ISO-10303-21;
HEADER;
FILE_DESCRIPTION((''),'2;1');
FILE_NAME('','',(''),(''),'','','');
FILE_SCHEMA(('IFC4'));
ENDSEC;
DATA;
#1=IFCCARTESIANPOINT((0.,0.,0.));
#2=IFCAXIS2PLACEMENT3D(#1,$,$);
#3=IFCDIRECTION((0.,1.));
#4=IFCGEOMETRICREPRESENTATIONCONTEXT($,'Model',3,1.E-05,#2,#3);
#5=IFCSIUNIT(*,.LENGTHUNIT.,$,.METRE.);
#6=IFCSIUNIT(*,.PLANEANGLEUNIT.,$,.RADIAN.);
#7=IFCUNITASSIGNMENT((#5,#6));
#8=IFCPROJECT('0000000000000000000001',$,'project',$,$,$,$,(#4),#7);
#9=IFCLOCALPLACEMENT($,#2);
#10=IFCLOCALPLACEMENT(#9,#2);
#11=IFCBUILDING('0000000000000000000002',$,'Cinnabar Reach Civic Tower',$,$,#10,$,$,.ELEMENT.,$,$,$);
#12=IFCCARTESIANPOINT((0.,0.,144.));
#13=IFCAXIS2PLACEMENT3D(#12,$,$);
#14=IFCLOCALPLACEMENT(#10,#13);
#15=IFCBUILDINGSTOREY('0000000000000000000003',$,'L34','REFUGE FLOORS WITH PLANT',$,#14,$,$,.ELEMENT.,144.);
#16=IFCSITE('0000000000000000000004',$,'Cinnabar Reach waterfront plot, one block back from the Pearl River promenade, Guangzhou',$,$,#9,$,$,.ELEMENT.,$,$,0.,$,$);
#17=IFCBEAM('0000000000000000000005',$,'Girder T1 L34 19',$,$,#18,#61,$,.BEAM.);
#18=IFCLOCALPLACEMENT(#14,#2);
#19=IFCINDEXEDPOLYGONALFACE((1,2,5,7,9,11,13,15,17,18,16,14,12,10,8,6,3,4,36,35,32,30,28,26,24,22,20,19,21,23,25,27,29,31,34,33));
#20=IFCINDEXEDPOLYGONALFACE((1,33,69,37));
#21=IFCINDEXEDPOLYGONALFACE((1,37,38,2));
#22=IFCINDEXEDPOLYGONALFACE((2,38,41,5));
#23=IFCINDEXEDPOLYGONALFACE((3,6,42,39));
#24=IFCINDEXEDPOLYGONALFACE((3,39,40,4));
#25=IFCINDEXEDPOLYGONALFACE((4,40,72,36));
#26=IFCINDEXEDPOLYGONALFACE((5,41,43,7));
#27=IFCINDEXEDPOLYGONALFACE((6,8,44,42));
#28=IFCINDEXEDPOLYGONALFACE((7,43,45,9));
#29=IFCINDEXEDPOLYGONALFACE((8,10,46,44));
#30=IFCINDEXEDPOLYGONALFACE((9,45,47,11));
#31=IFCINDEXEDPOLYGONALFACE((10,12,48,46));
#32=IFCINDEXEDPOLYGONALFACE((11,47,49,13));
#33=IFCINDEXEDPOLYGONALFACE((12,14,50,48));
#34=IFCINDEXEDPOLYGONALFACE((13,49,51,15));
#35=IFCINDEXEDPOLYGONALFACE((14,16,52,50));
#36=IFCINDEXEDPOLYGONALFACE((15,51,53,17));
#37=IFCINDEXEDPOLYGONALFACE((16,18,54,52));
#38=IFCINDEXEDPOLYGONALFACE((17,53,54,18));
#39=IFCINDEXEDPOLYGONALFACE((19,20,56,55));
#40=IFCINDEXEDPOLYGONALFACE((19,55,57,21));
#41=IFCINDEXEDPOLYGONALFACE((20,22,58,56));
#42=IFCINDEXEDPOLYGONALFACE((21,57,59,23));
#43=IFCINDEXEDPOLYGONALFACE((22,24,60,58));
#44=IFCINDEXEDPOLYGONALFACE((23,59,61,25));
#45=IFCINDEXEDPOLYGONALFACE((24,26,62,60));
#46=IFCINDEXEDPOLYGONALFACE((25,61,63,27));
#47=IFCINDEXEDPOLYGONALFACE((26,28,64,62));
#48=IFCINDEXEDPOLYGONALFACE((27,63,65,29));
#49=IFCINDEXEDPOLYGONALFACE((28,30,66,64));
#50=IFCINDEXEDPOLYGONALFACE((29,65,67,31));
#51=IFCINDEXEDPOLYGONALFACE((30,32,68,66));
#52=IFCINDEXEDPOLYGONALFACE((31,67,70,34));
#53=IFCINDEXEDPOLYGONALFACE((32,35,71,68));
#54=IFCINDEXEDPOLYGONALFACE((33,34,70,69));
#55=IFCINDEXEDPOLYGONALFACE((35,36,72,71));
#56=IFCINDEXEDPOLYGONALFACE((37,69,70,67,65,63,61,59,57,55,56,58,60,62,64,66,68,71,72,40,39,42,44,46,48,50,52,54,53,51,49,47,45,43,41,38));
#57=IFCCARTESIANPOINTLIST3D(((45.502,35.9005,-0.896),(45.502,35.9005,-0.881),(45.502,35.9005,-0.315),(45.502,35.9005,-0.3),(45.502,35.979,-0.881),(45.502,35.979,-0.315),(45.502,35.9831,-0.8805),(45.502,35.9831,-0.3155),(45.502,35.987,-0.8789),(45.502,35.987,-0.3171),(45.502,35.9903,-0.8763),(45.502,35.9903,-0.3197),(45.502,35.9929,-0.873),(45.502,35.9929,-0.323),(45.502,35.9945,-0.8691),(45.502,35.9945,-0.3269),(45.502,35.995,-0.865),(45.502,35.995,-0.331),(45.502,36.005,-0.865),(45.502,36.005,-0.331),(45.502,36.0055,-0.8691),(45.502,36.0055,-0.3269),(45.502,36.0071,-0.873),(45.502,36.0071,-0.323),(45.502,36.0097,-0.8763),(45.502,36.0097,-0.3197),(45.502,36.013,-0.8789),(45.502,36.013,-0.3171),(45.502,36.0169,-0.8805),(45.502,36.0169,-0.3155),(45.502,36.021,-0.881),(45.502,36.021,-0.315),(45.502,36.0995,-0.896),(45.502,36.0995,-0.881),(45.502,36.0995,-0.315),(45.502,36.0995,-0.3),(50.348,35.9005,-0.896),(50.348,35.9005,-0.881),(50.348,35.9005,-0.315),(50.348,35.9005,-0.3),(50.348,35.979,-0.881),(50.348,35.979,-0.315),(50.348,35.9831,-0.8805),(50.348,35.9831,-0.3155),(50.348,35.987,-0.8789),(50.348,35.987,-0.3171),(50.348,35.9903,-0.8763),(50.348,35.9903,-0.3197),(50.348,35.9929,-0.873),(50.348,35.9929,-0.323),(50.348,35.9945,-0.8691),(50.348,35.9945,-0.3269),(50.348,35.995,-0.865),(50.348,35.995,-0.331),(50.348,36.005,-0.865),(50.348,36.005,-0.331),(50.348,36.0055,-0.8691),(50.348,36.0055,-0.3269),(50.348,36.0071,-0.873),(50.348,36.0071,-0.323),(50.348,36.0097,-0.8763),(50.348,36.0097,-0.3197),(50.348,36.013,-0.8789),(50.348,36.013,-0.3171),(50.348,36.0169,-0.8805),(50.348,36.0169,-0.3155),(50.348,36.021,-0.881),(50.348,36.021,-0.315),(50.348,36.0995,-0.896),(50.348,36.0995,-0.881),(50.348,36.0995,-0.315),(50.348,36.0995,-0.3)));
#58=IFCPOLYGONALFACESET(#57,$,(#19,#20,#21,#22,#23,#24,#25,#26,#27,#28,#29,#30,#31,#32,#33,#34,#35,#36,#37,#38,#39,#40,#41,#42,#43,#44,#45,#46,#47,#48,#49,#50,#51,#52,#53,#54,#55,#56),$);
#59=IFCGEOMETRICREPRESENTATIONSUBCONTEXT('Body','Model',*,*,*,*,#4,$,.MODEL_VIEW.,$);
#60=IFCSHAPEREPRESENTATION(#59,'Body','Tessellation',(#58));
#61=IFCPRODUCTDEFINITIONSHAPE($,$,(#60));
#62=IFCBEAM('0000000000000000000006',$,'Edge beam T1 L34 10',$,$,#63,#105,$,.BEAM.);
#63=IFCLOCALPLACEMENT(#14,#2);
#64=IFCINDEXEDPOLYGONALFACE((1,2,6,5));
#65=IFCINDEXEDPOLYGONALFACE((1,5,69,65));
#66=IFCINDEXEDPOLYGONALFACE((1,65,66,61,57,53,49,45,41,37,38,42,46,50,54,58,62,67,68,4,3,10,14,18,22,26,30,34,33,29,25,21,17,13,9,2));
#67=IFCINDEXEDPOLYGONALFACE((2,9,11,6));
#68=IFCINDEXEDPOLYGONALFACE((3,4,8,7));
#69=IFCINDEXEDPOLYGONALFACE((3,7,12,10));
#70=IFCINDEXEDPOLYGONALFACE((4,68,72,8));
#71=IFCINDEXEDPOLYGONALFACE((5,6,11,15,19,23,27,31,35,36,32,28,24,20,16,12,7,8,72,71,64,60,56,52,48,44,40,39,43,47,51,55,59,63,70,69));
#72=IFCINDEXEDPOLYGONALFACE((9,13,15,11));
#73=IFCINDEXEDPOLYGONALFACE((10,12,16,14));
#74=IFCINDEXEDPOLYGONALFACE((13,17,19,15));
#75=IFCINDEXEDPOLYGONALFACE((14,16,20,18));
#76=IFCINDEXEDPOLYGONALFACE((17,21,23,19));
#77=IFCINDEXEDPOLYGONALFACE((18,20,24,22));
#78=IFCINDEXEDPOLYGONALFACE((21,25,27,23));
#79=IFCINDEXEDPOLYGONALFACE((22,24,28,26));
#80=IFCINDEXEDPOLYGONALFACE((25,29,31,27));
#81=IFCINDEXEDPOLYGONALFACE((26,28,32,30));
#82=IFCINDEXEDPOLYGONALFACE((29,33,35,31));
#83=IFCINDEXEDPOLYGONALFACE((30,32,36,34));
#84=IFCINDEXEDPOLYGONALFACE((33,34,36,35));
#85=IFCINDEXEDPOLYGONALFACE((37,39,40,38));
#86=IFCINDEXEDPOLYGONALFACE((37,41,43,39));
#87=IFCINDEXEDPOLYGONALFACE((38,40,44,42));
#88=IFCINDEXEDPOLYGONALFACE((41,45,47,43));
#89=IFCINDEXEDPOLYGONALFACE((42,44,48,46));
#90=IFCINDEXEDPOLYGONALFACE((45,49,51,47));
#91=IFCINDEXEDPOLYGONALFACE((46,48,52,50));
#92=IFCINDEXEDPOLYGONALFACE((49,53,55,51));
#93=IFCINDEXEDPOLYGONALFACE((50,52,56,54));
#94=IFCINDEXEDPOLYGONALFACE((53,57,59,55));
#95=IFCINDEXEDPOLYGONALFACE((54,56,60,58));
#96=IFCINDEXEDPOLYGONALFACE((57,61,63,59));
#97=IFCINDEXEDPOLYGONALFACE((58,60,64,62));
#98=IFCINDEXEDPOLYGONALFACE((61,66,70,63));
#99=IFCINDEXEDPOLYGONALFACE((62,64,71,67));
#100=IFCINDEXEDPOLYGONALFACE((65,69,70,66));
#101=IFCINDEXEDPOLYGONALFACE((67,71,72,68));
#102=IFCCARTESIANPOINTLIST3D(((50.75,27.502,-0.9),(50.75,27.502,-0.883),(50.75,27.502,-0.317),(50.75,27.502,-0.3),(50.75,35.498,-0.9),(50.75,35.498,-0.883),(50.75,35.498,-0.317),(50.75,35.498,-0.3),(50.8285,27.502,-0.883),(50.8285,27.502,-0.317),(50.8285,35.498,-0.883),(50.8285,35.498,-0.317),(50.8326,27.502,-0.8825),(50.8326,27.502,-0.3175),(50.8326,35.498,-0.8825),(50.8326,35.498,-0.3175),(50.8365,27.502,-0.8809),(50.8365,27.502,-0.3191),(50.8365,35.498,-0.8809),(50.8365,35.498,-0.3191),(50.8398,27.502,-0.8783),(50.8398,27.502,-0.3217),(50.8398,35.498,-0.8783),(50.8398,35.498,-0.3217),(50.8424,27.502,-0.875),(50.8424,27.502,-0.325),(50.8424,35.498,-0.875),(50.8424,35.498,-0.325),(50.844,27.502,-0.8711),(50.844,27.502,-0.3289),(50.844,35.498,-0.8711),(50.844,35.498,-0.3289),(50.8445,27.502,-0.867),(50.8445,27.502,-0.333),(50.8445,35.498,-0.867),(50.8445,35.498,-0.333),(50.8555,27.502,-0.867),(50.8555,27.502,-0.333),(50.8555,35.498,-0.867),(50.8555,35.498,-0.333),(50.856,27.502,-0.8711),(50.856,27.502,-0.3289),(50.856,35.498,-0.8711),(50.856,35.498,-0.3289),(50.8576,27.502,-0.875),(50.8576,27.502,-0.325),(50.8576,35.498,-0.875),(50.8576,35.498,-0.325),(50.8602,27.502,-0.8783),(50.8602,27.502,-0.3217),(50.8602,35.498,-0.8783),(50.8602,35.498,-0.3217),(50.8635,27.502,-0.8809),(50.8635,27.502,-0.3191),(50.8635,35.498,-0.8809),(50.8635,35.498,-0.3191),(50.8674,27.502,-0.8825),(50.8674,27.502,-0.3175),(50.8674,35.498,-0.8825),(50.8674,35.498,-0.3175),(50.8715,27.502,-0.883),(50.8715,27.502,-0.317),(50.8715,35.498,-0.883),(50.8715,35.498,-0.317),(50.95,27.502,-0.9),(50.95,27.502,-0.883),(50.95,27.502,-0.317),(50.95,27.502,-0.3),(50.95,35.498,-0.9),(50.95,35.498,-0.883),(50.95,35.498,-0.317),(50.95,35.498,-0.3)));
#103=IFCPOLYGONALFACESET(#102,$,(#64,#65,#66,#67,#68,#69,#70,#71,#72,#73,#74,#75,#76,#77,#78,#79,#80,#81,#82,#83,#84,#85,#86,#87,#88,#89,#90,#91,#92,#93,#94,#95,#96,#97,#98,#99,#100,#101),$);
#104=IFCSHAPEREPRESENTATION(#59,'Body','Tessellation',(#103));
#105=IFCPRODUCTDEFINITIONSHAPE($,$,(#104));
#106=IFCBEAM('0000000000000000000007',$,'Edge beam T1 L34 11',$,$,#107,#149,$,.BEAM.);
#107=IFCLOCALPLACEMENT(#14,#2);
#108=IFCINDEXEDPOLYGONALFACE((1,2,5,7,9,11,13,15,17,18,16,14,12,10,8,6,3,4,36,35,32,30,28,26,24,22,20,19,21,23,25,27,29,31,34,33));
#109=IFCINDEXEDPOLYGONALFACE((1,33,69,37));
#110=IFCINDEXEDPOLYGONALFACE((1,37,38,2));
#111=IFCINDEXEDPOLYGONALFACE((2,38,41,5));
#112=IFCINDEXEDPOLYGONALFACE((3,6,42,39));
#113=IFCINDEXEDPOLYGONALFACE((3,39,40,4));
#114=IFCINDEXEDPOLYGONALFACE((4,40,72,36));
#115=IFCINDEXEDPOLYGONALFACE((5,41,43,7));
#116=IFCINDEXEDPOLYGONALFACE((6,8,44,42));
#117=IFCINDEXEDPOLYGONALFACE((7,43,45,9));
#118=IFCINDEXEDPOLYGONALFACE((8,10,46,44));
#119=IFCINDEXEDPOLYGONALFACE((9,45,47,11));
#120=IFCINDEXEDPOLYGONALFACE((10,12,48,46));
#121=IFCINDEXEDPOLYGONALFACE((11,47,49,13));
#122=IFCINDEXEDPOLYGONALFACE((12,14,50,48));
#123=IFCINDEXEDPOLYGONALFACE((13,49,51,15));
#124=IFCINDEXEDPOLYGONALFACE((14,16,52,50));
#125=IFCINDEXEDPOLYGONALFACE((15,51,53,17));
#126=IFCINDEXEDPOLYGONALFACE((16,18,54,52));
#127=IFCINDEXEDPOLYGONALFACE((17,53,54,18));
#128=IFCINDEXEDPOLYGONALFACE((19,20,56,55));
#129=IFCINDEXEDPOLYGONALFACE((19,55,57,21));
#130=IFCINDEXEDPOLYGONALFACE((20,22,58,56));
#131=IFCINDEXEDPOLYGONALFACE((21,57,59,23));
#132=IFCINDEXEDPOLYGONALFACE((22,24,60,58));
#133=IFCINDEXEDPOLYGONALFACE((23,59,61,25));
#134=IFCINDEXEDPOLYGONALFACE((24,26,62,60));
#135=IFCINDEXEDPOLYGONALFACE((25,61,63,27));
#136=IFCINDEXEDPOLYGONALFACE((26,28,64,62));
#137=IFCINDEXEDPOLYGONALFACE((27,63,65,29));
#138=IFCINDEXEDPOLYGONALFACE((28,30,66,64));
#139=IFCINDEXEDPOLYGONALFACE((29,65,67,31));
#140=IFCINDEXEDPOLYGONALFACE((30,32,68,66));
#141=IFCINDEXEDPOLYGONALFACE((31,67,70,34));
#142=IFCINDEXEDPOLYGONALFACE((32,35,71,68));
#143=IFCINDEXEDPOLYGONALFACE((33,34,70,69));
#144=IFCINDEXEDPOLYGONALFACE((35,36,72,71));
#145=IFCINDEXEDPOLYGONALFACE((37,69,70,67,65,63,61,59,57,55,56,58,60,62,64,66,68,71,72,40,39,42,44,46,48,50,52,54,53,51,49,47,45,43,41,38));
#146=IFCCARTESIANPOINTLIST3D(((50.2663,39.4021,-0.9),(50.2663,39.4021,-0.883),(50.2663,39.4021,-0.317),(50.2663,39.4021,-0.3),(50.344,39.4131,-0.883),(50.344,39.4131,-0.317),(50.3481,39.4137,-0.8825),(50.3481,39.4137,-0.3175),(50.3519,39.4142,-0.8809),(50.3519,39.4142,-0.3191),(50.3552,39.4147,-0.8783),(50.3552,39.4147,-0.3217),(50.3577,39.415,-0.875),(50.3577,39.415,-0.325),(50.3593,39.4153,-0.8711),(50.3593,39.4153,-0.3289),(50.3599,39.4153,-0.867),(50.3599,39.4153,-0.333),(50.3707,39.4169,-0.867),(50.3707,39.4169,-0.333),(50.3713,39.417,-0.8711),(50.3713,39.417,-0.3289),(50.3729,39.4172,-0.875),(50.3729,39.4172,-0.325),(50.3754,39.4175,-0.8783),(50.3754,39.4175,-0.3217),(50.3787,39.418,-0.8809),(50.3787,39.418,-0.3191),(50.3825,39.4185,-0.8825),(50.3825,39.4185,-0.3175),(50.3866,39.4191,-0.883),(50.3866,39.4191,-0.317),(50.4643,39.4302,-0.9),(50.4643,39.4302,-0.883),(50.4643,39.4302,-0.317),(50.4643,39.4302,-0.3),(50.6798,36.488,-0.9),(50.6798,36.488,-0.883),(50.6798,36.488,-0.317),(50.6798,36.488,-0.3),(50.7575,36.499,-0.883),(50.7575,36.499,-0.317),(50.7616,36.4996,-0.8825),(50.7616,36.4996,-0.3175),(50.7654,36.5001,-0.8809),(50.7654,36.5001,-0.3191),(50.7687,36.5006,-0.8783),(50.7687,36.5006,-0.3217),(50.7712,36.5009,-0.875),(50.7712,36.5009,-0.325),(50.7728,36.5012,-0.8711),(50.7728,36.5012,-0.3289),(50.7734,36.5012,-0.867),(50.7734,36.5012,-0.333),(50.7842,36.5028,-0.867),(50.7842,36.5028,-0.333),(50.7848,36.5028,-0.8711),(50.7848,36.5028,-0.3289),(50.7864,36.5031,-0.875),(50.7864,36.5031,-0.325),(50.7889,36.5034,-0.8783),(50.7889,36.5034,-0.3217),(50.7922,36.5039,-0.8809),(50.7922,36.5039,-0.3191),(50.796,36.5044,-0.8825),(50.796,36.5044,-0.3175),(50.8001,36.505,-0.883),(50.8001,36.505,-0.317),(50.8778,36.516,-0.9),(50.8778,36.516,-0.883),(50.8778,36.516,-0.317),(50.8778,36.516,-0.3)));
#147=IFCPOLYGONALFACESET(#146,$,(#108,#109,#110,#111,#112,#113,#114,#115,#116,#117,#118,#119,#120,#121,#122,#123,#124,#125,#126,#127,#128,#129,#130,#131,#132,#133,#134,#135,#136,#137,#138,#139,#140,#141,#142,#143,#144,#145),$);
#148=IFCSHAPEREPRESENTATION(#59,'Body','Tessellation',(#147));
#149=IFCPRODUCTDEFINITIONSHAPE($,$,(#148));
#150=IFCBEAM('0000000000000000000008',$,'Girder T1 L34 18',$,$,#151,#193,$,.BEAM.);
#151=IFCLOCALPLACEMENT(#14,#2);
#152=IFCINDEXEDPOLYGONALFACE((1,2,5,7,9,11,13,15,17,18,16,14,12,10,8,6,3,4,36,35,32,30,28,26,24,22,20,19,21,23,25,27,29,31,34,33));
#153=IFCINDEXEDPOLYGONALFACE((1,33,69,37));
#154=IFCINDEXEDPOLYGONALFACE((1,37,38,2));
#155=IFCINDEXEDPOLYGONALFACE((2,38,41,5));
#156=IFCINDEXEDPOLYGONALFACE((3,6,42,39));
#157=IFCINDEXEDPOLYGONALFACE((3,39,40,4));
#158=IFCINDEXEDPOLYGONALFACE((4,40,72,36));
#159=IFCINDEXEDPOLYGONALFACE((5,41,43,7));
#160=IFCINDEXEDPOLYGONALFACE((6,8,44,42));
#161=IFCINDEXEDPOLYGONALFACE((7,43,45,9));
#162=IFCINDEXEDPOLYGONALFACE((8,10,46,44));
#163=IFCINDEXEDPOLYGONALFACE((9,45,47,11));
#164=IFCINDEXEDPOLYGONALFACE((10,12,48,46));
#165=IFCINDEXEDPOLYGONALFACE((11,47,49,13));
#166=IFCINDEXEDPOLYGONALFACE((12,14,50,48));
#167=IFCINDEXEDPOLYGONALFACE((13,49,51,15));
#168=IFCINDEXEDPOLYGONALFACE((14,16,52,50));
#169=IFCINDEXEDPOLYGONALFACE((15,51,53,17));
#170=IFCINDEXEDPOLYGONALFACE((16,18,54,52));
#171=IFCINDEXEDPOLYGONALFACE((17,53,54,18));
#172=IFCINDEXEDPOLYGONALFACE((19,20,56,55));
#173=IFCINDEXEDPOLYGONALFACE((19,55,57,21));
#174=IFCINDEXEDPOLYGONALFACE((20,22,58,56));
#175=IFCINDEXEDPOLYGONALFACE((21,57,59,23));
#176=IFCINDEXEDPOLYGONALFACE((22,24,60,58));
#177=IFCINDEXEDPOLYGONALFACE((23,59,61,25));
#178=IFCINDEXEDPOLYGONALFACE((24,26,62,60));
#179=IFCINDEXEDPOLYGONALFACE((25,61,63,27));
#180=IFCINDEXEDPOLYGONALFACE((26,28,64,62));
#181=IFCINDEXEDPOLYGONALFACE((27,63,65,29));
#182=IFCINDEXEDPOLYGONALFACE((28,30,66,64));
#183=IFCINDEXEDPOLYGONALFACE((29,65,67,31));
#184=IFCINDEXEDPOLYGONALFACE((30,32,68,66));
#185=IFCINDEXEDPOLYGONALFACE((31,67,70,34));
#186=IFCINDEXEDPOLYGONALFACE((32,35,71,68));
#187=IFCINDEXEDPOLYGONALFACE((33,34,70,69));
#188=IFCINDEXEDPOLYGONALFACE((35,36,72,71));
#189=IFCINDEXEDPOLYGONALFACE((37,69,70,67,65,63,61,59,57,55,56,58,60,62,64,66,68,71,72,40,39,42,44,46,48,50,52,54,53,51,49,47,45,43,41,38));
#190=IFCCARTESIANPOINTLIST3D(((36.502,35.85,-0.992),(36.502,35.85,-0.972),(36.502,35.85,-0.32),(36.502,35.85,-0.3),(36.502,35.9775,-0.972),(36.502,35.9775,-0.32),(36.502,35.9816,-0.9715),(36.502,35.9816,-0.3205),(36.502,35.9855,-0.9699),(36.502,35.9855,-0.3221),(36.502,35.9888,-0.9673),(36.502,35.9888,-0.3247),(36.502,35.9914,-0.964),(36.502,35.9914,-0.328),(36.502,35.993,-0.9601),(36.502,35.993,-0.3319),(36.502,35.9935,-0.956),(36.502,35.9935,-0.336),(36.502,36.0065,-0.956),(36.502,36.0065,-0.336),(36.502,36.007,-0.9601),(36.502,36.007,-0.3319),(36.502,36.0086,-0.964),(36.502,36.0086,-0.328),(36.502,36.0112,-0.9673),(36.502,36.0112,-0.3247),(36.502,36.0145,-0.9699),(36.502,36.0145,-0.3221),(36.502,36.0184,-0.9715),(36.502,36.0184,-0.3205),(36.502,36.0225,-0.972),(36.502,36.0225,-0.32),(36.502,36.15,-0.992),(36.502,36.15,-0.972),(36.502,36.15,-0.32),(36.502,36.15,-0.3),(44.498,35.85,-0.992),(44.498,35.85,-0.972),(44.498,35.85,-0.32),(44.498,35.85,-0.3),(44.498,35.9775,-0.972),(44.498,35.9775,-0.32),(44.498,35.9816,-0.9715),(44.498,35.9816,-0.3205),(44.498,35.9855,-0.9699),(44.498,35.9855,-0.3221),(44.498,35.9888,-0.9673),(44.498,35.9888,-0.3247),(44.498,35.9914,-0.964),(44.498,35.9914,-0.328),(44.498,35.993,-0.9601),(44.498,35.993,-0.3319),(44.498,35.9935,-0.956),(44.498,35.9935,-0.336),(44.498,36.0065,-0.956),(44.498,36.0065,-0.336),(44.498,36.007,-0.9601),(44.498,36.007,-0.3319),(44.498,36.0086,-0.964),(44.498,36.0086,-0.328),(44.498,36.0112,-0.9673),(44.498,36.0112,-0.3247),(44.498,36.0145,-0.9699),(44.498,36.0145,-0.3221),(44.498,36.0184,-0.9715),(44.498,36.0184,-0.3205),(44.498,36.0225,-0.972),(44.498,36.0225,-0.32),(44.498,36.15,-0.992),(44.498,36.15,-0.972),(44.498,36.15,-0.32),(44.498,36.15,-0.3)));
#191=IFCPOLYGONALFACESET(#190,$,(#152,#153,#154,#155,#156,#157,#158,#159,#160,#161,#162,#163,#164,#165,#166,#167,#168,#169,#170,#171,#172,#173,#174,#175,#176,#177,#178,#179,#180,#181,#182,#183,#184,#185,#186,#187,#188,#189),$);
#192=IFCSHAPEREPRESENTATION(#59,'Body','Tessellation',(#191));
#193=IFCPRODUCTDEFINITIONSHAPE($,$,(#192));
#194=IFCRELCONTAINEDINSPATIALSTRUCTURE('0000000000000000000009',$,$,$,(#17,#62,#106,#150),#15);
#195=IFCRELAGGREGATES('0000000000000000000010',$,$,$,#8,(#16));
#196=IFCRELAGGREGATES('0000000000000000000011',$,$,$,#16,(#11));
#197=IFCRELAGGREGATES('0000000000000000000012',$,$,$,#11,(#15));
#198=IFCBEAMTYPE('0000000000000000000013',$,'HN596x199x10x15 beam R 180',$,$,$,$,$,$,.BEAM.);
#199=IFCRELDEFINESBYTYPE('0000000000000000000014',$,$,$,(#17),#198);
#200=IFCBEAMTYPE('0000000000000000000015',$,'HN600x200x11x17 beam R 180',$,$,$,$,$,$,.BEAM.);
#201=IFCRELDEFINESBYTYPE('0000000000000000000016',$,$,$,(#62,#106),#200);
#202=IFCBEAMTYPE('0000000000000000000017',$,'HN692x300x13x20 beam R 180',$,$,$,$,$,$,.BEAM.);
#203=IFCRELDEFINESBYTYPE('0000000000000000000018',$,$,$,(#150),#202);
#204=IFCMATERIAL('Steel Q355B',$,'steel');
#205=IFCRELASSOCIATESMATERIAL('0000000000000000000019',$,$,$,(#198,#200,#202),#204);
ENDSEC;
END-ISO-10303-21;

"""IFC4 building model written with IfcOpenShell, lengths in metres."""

from ifc_helpers import new_model, si_unit, direction, frame, origin, origin_2d, place, context, subcontext, project, spatial, i_section, extrude, material, material_profile, profile_set, type_object, element, save


model = new_model("IFC4")

# Units and contexts
model_context = context("Model", 3, precision=1e-05, world=origin(), true_north=direction((0.0, 1.0)))
body_context = subcontext(model_context, "Body", "Model", "MODEL_VIEW")
ifc_project = project(units=[si_unit("LENGTHUNIT", "METRE"), si_unit("PLANEANGLEUNIT", "RADIAN")], contexts=[model_context])

# Site, building, storey
site_placement = place(None, origin())
site = spatial("IfcSite", under=ifc_project, at=site_placement, Name="Cinnabar Reach waterfront plot, one block back from the Pearl River promenade, Guangzhou", CompositionType="ELEMENT", RefElevation=0.0)
building_placement = place(site_placement, origin())
building = spatial("IfcBuilding", under=site, at=building_placement, Name="Cinnabar Reach Civic Tower", CompositionType="ELEMENT")
storey_placement = place(building_placement, frame((0.0, 0.0, 144.0)))
storey = spatial("IfcBuildingStorey", under=building, at=storey_placement, Name="L34", Description="REFUGE FLOORS WITH PLANT", CompositionType="ELEMENT", Elevation=144.0)

# Beams
ifc_material_1 = material(Name="Steel Q355B", Category="steel")
ifc_material_profile_1 = material_profile(ifc_material_1, i_section(OverallWidth=0.199, OverallDepth=0.596, WebThickness=0.01, FlangeThickness=0.015, FilletRadius=0.016, at=origin_2d()), Name="HN596x199x10x15")
ifc_profile_set_1 = profile_set([ifc_material_profile_1], Name="Steel Q355B")
beam_type_1 = type_object("IfcBeamType", Name="HN596x199x10x15 beam R 180", PredefinedType="BEAM", material=ifc_profile_set_1)
beam_1_placement = place(storey_placement, frame((45.502, 36.0, -0.598), z_axis=(1.0, 0.0, 0.0), x_axis=(0.0, 1.0, 0.0)))
element("IfcBeam", 1, at=beam_1_placement, inside=storey, type_object=beam_type_1, Name="Girder T1 L34 19", PredefinedType="BEAM", context=body_context, shape_type="SweptSolid", body=[
    extrude(i_section(OverallWidth=0.199, OverallDepth=0.596, WebThickness=0.01, FlangeThickness=0.015, FilletRadius=0.016, at=origin_2d()), origin(), (0.0, 0.0, 1.0), 4.846),
])
ifc_material_profile_2 = material_profile(ifc_material_1, i_section(OverallWidth=0.2, OverallDepth=0.6, WebThickness=0.011, FlangeThickness=0.017, FilletRadius=0.016, at=origin_2d()), Name="HN600x200x11x17")
ifc_profile_set_2 = profile_set([ifc_material_profile_2], Name="Steel Q355B")
beam_type_2 = type_object("IfcBeamType", Name="HN600x200x11x17 beam R 180", PredefinedType="BEAM", material=ifc_profile_set_2)
beam_2_placement = place(storey_placement, frame((50.85, 27.502, -0.6), z_axis=(0.0, 1.0, 0.0), x_axis=(-1.0, 0.0, 0.0)))
element("IfcBeam", 2, at=beam_2_placement, inside=storey, type_object=beam_type_2, Name="Edge beam T1 L34 10", PredefinedType="BEAM", context=body_context, shape_type="SweptSolid", body=[
    extrude(i_section(OverallWidth=0.2, OverallDepth=0.6, WebThickness=0.011, FlangeThickness=0.017, FilletRadius=0.016, at=origin_2d()), origin(), (0.0, 0.0, 1.0), 7.996),
])
beam_3_placement = place(storey_placement, frame((50.7788, 36.502, -0.6), z_axis=(-0.140489, 0.990082, 0.0), x_axis=(-0.990082, -0.140489, 0.0)))
element("IfcBeam", 3, at=beam_3_placement, inside=storey, type_object=beam_type_2, Name="Edge beam T1 L34 11", PredefinedType="BEAM", context=body_context, shape_type="SweptSolid", body=[
    extrude(i_section(OverallWidth=0.2, OverallDepth=0.6, WebThickness=0.011, FlangeThickness=0.017, FilletRadius=0.016, at=origin_2d()), origin(), (0.0, 0.0, 1.0), 2.9433),
])
ifc_material_profile_3 = material_profile(ifc_material_1, i_section(OverallWidth=0.3, OverallDepth=0.692, WebThickness=0.013, FlangeThickness=0.02, FilletRadius=0.016, at=origin_2d()), Name="HN692x300x13x20")
ifc_profile_set_3 = profile_set([ifc_material_profile_3], Name="Steel Q355B")
beam_type_3 = type_object("IfcBeamType", Name="HN692x300x13x20 beam R 180", PredefinedType="BEAM", material=ifc_profile_set_3)
beam_4_placement = place(storey_placement, frame((36.502, 36.0, -0.646), z_axis=(1.0, 0.0, 0.0), x_axis=(0.0, 1.0, 0.0)))
element("IfcBeam", 4, at=beam_4_placement, inside=storey, type_object=beam_type_3, Name="Girder T1 L34 18", PredefinedType="BEAM", context=body_context, shape_type="SweptSolid", body=[
    extrude(i_section(OverallWidth=0.3, OverallDepth=0.692, WebThickness=0.013, FlangeThickness=0.02, FilletRadius=0.016, at=origin_2d()), origin(), (0.0, 0.0, 1.0), 7.996),
])

save(model, "model.ifc")
